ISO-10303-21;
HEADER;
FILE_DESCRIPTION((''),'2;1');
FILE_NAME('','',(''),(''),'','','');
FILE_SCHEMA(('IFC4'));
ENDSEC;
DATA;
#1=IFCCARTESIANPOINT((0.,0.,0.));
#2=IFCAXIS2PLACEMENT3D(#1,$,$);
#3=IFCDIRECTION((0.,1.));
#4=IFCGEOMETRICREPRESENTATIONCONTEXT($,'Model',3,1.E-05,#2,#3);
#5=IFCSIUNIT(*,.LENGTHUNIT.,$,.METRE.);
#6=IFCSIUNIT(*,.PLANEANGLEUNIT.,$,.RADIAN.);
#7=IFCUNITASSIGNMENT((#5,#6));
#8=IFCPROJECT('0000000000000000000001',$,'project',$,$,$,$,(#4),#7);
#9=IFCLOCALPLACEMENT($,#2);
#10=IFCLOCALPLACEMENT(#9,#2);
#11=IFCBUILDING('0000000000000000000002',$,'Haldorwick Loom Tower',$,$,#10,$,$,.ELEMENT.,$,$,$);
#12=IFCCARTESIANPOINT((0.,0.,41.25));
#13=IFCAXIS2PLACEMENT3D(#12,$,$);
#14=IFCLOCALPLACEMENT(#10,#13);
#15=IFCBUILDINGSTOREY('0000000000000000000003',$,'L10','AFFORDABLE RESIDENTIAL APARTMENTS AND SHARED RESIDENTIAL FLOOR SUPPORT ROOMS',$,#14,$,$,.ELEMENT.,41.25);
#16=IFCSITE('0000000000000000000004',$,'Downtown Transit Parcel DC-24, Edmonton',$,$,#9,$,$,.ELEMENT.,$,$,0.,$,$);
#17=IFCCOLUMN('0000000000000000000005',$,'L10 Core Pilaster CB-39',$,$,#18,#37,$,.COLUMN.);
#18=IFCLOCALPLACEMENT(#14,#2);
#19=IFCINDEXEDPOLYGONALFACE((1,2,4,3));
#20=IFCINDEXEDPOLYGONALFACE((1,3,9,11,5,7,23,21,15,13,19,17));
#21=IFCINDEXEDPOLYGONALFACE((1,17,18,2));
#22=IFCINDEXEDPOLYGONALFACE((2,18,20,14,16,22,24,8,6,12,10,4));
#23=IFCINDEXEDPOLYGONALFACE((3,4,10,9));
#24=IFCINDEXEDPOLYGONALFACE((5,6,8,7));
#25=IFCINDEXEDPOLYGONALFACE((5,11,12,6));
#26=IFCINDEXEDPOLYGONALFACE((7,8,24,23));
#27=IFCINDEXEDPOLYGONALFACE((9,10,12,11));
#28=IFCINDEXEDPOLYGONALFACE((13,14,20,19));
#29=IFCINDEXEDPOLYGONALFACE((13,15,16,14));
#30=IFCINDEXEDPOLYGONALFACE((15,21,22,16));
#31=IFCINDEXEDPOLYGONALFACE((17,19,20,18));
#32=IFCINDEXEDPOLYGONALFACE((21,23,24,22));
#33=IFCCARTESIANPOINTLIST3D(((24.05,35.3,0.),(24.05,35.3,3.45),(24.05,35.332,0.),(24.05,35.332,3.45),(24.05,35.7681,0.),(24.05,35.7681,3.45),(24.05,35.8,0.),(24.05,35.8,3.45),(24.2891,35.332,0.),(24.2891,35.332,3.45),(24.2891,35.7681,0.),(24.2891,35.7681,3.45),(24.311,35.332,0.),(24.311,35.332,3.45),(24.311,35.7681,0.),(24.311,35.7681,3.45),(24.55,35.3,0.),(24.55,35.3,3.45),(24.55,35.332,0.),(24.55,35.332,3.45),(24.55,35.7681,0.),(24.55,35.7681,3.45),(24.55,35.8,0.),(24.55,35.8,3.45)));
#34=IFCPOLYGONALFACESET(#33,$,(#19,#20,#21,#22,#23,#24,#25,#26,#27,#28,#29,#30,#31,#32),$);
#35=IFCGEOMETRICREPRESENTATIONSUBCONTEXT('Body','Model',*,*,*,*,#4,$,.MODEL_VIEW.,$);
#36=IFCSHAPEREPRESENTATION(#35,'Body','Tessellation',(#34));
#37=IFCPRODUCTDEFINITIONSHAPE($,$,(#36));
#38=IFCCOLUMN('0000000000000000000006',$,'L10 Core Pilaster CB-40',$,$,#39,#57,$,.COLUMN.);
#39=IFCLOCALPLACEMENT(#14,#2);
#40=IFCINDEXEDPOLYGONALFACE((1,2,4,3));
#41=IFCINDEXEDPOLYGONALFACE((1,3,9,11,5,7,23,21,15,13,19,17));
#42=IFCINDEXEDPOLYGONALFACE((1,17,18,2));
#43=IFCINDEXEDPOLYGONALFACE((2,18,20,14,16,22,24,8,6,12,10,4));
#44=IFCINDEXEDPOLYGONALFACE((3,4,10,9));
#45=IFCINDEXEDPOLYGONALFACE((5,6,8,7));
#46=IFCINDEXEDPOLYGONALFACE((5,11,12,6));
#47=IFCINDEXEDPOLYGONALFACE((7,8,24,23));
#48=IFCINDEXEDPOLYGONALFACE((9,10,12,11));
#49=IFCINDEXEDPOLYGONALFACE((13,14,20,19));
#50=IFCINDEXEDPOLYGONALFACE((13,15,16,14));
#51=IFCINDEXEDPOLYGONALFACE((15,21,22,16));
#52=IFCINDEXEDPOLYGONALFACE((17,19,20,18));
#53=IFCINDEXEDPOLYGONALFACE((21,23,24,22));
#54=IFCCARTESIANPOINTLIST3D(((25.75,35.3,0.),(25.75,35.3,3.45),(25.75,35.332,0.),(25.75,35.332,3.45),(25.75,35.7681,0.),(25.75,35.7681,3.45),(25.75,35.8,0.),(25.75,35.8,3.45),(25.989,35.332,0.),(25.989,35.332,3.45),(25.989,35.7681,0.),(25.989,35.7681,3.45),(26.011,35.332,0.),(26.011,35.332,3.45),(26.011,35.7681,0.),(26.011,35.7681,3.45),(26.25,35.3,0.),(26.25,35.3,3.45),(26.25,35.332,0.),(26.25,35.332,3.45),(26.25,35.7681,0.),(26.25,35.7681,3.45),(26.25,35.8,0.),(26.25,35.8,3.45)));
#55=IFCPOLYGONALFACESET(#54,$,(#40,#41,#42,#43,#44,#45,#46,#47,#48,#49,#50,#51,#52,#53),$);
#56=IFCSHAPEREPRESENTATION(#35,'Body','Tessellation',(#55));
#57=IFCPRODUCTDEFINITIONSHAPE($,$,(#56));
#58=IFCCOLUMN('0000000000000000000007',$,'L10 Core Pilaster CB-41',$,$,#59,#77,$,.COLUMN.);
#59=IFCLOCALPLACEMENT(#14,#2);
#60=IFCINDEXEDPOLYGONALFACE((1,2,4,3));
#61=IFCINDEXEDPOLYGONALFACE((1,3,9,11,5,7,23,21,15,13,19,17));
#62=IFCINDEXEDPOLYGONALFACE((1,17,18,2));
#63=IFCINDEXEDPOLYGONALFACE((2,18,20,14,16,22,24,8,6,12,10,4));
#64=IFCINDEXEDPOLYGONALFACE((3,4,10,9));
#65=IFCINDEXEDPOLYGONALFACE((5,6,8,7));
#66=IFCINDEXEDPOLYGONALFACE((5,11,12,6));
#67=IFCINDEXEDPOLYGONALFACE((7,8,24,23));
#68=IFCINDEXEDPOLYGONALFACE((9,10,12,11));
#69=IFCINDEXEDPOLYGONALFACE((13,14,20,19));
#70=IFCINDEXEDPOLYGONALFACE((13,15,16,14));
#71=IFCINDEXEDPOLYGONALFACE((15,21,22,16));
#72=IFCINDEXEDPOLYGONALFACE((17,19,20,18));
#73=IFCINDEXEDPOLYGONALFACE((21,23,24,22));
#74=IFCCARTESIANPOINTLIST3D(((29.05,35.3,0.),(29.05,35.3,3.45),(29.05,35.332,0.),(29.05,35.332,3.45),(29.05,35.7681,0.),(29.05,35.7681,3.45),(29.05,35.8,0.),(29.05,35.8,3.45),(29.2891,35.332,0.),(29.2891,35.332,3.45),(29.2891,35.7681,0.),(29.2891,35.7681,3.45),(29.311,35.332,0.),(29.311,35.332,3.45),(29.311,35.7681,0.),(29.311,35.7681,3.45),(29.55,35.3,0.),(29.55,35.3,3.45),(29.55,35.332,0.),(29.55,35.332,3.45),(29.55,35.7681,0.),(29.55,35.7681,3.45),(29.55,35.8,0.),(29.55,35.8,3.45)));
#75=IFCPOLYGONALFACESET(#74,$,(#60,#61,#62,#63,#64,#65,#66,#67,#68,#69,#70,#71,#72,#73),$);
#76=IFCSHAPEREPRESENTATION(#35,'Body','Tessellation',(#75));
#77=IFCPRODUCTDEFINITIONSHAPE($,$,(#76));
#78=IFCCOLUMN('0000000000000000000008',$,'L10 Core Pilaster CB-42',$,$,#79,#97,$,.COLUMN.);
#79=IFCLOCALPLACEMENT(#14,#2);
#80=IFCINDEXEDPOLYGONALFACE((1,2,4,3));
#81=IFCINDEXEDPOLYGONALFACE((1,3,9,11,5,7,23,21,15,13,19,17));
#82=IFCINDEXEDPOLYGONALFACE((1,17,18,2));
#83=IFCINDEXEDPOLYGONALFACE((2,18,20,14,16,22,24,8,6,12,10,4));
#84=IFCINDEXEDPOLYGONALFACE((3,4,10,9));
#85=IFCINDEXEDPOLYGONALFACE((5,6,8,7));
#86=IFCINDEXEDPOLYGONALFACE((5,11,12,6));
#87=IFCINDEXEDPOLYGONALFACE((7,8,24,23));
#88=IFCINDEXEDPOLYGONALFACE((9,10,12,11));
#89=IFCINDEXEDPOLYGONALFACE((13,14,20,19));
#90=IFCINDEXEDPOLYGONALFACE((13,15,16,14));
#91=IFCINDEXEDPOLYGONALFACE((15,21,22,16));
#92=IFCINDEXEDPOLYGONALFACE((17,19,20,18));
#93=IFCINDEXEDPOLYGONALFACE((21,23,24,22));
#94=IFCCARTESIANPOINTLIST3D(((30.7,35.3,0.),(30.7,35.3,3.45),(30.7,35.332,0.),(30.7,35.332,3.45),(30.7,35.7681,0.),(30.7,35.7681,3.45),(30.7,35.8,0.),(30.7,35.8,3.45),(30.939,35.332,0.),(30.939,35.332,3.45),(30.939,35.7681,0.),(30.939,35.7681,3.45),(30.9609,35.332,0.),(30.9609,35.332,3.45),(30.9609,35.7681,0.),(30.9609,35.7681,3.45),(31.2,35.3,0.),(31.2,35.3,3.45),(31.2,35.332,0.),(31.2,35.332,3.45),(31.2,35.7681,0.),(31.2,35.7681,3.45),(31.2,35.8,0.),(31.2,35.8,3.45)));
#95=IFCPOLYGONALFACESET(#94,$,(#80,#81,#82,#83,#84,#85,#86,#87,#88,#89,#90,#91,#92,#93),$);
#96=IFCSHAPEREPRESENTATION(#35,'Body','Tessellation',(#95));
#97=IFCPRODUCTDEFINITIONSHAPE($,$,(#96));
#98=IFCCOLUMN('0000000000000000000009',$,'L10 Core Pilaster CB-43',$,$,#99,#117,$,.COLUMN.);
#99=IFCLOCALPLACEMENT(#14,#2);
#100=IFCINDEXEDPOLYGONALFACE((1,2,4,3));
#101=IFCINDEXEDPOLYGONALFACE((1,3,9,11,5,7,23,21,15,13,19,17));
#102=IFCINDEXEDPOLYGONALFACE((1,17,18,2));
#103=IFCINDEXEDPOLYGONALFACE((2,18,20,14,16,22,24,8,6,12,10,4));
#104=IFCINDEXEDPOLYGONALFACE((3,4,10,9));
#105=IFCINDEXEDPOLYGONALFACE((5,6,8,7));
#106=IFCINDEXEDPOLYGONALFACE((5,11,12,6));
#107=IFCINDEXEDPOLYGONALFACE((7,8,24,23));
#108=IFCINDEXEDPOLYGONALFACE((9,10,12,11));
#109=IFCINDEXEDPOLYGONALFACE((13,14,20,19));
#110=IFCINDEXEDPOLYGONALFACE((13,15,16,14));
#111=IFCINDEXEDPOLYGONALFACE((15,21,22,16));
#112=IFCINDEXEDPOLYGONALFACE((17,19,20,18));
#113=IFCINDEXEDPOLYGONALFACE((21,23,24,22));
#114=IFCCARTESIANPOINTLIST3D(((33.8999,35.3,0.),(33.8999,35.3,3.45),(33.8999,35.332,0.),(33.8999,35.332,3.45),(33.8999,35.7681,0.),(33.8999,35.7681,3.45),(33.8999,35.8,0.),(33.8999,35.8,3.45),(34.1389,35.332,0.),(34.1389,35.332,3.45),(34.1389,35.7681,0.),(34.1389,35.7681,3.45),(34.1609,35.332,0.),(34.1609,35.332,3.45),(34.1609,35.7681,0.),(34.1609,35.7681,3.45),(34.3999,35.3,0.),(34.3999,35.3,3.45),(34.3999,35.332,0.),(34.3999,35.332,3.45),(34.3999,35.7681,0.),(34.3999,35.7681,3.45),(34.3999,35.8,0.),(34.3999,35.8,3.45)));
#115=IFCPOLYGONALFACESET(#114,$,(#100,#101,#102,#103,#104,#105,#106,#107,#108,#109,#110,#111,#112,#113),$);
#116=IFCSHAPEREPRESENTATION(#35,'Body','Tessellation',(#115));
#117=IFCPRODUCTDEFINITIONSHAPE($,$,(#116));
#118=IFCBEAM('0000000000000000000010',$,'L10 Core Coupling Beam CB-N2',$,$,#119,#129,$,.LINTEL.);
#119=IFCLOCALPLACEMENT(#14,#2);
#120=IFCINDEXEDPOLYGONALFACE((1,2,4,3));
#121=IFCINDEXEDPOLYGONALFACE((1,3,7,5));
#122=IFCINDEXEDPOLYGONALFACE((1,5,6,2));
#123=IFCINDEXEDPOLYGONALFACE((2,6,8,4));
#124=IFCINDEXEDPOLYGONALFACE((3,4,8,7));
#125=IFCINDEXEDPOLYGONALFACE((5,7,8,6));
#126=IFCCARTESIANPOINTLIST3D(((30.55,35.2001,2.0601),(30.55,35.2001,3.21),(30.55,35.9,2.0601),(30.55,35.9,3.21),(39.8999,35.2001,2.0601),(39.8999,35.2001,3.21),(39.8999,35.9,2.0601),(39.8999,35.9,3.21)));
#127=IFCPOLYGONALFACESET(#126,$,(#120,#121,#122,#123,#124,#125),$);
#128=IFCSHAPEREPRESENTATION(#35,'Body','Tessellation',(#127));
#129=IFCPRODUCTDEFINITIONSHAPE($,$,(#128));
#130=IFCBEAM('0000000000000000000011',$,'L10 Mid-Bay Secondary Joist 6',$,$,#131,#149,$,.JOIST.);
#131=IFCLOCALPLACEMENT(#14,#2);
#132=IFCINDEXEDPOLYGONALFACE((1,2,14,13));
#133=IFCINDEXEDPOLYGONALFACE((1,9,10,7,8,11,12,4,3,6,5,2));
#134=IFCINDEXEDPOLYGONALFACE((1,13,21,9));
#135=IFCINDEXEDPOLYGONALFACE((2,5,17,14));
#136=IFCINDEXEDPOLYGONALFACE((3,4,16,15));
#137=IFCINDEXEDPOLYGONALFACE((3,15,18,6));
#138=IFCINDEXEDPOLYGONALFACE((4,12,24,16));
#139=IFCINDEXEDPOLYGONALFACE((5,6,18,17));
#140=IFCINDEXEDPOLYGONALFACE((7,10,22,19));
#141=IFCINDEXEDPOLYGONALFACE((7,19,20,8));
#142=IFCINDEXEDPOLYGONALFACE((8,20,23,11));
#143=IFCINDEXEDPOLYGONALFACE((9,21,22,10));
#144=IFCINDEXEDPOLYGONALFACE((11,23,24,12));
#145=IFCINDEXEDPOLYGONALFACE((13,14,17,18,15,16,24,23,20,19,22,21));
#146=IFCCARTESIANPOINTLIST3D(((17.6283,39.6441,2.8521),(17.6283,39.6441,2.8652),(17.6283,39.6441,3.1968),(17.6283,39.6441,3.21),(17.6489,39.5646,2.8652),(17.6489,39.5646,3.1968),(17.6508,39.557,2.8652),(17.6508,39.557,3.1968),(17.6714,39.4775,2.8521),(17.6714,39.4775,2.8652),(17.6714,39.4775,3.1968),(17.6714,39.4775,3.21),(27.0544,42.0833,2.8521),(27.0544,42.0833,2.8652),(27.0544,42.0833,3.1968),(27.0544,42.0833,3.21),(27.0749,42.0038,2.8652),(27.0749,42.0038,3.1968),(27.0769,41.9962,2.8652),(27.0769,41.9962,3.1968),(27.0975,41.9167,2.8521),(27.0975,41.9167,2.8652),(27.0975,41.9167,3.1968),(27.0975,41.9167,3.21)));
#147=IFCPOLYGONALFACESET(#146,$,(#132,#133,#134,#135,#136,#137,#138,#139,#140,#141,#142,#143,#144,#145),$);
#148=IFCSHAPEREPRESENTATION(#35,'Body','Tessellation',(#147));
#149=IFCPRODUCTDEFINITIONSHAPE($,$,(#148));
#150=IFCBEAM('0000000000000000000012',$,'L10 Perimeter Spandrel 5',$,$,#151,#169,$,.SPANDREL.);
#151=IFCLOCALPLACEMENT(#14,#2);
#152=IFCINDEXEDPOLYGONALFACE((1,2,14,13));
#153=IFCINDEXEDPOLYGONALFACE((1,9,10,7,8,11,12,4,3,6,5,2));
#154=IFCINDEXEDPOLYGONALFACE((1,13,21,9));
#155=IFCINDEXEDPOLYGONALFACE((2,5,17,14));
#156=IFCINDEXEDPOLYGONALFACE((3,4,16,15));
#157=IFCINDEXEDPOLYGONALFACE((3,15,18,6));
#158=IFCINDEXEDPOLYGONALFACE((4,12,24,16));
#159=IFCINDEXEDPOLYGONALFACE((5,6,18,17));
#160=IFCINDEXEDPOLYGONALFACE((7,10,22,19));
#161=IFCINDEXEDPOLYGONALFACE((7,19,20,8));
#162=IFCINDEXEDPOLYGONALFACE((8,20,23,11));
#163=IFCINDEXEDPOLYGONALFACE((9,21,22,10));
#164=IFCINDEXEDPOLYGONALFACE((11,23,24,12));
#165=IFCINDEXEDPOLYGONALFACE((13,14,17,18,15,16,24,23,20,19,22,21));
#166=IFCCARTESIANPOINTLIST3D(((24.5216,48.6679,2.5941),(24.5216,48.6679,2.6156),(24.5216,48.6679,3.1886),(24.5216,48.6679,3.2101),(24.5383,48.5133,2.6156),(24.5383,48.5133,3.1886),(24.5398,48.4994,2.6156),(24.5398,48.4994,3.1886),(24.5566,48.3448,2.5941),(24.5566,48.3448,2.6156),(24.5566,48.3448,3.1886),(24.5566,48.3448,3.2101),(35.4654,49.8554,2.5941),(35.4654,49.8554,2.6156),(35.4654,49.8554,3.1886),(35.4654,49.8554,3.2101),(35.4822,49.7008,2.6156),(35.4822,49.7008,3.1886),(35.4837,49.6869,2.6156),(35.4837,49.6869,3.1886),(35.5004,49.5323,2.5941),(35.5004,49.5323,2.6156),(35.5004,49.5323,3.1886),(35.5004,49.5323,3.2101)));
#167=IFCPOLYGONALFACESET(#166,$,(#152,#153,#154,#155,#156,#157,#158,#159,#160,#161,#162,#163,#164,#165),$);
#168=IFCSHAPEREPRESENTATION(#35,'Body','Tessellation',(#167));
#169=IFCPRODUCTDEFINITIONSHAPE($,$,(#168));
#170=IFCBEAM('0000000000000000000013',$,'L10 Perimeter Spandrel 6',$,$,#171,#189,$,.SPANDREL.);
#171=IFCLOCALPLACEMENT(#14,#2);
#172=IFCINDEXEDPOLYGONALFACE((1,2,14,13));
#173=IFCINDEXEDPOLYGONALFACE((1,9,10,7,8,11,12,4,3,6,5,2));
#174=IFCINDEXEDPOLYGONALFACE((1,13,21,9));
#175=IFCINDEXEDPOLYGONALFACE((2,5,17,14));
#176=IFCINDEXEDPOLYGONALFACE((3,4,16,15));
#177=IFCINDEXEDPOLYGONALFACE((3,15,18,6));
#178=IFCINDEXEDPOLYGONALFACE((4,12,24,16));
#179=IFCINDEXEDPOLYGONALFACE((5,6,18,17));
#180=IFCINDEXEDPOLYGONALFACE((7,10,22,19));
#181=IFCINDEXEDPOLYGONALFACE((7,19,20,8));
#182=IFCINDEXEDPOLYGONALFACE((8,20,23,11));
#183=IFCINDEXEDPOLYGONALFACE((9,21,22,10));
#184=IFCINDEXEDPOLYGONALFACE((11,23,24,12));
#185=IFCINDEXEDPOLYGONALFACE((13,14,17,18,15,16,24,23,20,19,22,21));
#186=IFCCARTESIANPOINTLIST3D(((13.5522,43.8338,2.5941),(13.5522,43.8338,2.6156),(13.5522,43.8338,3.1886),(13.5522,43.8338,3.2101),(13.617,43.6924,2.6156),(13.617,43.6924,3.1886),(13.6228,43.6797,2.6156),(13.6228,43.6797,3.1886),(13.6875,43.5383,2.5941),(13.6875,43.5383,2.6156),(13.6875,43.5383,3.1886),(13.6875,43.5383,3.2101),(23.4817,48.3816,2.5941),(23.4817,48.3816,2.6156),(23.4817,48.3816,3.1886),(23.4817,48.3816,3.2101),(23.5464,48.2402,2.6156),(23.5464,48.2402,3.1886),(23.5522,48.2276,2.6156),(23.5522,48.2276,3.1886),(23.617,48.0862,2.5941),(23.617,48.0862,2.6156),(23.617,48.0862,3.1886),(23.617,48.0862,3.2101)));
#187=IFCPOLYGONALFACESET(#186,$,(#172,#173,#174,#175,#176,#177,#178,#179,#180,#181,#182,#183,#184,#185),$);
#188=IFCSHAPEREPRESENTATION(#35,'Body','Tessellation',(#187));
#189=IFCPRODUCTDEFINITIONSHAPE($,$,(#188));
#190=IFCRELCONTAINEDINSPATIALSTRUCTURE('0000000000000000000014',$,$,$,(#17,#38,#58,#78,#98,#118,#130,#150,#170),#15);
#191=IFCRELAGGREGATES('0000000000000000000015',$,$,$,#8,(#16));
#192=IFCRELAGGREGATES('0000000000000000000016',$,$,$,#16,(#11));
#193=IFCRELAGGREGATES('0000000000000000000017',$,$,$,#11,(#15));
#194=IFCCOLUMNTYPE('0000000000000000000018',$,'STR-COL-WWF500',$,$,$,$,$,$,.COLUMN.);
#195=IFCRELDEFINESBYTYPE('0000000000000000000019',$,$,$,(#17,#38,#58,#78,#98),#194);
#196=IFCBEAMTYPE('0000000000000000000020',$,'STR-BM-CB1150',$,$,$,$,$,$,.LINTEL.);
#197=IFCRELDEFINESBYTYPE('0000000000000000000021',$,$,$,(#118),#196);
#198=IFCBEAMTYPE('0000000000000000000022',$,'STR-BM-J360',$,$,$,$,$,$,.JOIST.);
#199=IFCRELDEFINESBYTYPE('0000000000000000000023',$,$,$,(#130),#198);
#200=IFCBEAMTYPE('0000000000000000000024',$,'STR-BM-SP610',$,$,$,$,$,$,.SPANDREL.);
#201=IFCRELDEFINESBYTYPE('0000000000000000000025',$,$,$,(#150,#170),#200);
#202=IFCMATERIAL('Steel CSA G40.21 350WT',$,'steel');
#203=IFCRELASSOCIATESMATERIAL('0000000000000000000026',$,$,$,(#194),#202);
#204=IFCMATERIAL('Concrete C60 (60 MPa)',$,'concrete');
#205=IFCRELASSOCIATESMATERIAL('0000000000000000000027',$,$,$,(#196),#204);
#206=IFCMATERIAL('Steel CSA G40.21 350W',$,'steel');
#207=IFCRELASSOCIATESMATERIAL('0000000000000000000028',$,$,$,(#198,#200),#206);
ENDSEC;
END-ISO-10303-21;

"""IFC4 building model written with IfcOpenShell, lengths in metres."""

from ifc_helpers import new_model, si_unit, direction, frame, origin, origin_2d, place, context, subcontext, project, spatial, rectangle, i_section, extrude, material, material_profile, profile_set, type_object, element, save


model = new_model("IFC4")

# Units and contexts
model_context = context("Model", 3, precision=1e-05, world=origin(), true_north=direction((0.0, 1.0)))
body_context = subcontext(model_context, "Body", "Model", "MODEL_VIEW")
ifc_project = project(units=[si_unit("LENGTHUNIT", "METRE"), si_unit("PLANEANGLEUNIT", "RADIAN")], contexts=[model_context])

# Site, building, storey
site_placement = place(None, origin())
site = spatial("IfcSite", under=ifc_project, at=site_placement, Name="Downtown Transit Parcel DC-24, Edmonton", CompositionType="ELEMENT", RefElevation=0.0)
building_placement = place(site_placement, origin())
building = spatial("IfcBuilding", under=site, at=building_placement, Name="Haldorwick Loom Tower", CompositionType="ELEMENT")
storey_placement = place(building_placement, frame((0.0, 0.0, 41.25)))
storey = spatial("IfcBuildingStorey", under=building, at=storey_placement, Name="L10", Description="AFFORDABLE RESIDENTIAL APARTMENTS AND SHARED RESIDENTIAL FLOOR SUPPORT ROOMS", CompositionType="ELEMENT", Elevation=41.25)

# Columns
ifc_material_1 = material(Name="Concrete C60 (60 MPa)", Category="concrete")
ifc_material_2 = material(Name="Steel CSA G40.21 350WT", Category="steel")
ifc_material_profile_1 = material_profile(ifc_material_2, i_section(OverallWidth=0.5, OverallDepth=0.5, WebThickness=0.022, FlangeThickness=0.032, at=origin_2d()), Name="WWF500X500", Category="steel")
ifc_profile_set_1 = profile_set([ifc_material_profile_1], Name="Steel CSA G40.21 350WT")
column_type_1 = type_object("IfcColumnType", Name="STR-COL-WWF500", PredefinedType="COLUMN", material=ifc_profile_set_1)
for number, where, z_axis, x_axis, name in (
    (1, (24.3, 35.55, 0.0), (0.0, 0.0, 1.0), (1.0, 0.0, 0.0), "L10 Core Pilaster CB-39"),
    (2, (26.0, 35.55, 0.0), (0.0, 0.0, 1.0), (1.0, 0.0, 0.0), "L10 Core Pilaster CB-40"),
    (3, (29.3, 35.55, 0.0), (0.0, 0.0, 1.0), (1.0, 0.0, 0.0), "L10 Core Pilaster CB-41"),
    (4, (30.95, 35.55, 0.0), (0.0, 0.0, 1.0), (1.0, 0.0, 0.0), "L10 Core Pilaster CB-42"),
    (5, (34.1499, 35.55, 0.0), (0.0, 0.0, 1.0), (1.0, 0.0, 0.0), "L10 Core Pilaster CB-43"),
):
    element("IfcColumn", number, at=place(storey_placement, frame(where, z_axis=z_axis, x_axis=x_axis)), inside=storey, type_object=column_type_1, Name=name, PredefinedType="COLUMN", context=body_context, shape_type="SweptSolid", body=[
        extrude(i_section(OverallWidth=0.5, OverallDepth=0.5, WebThickness=0.022, FlangeThickness=0.032, at=origin_2d()), origin(), (0.0, 0.0, 1.0), 3.45),
    ])

# Beams
ifc_material_profile_2 = material_profile(ifc_material_1, rectangle(XDim=0.7, YDim=1.1499, at=origin_2d()), Name="RC700X1150", Category="concrete")
ifc_profile_set_2 = profile_set([ifc_material_profile_2], Name="Concrete C60 (60 MPa)")
beam_type_1 = type_object("IfcBeamType", Name="STR-BM-CB1150", PredefinedType="LINTEL", material=ifc_profile_set_2)
beam_1_placement = place(storey_placement, frame((30.55, 35.55, 2.635), z_axis=(1.0, 0.0, 0.0), x_axis=(0.0, 1.0, 0.0)))
element("IfcBeam", 6, at=beam_1_placement, inside=storey, type_object=beam_type_1, Name="L10 Core Coupling Beam CB-N2", PredefinedType="LINTEL", context=body_context, shape_type="SweptSolid", body=[
    extrude(rectangle(XDim=0.7, YDim=1.1499, at=origin_2d()), origin(), (0.0, 0.0, 1.0), 9.3499),
])
ifc_material_3 = material(Name="Steel CSA G40.21 350W", Category="steel")
ifc_material_profile_3 = material_profile(ifc_material_3, i_section(OverallWidth=0.1721, OverallDepth=0.3579, WebThickness=0.0078, FlangeThickness=0.0132, at=origin_2d()), Name="W360X57", Category="steel")
ifc_profile_set_3 = profile_set([ifc_material_profile_3], Name="Steel CSA G40.21 350W")
beam_type_2 = type_object("IfcBeamType", Name="STR-BM-J360", PredefinedType="JOIST", material=ifc_profile_set_3)
beam_2_placement = place(storey_placement, frame((27.0759, 42.0, 3.031), z_axis=(-0.968111, -0.250522, 0.0), x_axis=(0.250522, -0.968111, 0.0)))
element("IfcBeam", 7, at=beam_2_placement, inside=storey, type_object=beam_type_2, Name="L10 Mid-Bay Secondary Joist 6", PredefinedType="JOIST", context=body_context, shape_type="SweptSolid", body=[
    extrude(i_section(OverallWidth=0.1721, OverallDepth=0.3579, WebThickness=0.0078, FlangeThickness=0.0132, at=origin_2d()), origin(), (0.0, 0.0, 1.0), 9.7366),
])
ifc_material_profile_4 = material_profile(ifc_material_3, i_section(OverallWidth=0.325, OverallDepth=0.616, WebThickness=0.0139, FlangeThickness=0.0215, at=origin_2d()), Name="W610X174", Category="steel")
ifc_profile_set_4 = profile_set([ifc_material_profile_4], Name="Steel CSA G40.21 350W")
beam_type_3 = type_object("IfcBeamType", Name="STR-BM-SP610", PredefinedType="SPANDREL", material=ifc_profile_set_4)
beam_3_placement = place(storey_placement, frame((35.4829, 49.6938, 2.9021), z_axis=(-0.994164, -0.107875, 0.0), x_axis=(0.107875, -0.994164, 0.0)))
element("IfcBeam", 8, at=beam_3_placement, inside=storey, type_object=beam_type_3, Name="L10 Perimeter Spandrel 5", PredefinedType="SPANDREL", context=body_context, shape_type="SweptSolid", body=[
    extrude(i_section(OverallWidth=0.325, OverallDepth=0.616, WebThickness=0.0139, FlangeThickness=0.0215, at=origin_2d()), origin(), (0.0, 0.0, 1.0), 11.0081),
])
beam_4_placement = place(storey_placement, frame((23.5493, 48.2339, 2.9021), z_axis=(-0.909174, -0.416417, 0.0), x_axis=(0.416417, -0.909174, 0.0)))
element("IfcBeam", 9, at=beam_4_placement, inside=storey, type_object=beam_type_3, Name="L10 Perimeter Spandrel 6", PredefinedType="SPANDREL", context=body_context, shape_type="SweptSolid", body=[
    extrude(i_section(OverallWidth=0.325, OverallDepth=0.616, WebThickness=0.0139, FlangeThickness=0.0215, at=origin_2d()), origin(), (0.0, 0.0, 1.0), 10.9214),
])

save(model, "model.ifc")
